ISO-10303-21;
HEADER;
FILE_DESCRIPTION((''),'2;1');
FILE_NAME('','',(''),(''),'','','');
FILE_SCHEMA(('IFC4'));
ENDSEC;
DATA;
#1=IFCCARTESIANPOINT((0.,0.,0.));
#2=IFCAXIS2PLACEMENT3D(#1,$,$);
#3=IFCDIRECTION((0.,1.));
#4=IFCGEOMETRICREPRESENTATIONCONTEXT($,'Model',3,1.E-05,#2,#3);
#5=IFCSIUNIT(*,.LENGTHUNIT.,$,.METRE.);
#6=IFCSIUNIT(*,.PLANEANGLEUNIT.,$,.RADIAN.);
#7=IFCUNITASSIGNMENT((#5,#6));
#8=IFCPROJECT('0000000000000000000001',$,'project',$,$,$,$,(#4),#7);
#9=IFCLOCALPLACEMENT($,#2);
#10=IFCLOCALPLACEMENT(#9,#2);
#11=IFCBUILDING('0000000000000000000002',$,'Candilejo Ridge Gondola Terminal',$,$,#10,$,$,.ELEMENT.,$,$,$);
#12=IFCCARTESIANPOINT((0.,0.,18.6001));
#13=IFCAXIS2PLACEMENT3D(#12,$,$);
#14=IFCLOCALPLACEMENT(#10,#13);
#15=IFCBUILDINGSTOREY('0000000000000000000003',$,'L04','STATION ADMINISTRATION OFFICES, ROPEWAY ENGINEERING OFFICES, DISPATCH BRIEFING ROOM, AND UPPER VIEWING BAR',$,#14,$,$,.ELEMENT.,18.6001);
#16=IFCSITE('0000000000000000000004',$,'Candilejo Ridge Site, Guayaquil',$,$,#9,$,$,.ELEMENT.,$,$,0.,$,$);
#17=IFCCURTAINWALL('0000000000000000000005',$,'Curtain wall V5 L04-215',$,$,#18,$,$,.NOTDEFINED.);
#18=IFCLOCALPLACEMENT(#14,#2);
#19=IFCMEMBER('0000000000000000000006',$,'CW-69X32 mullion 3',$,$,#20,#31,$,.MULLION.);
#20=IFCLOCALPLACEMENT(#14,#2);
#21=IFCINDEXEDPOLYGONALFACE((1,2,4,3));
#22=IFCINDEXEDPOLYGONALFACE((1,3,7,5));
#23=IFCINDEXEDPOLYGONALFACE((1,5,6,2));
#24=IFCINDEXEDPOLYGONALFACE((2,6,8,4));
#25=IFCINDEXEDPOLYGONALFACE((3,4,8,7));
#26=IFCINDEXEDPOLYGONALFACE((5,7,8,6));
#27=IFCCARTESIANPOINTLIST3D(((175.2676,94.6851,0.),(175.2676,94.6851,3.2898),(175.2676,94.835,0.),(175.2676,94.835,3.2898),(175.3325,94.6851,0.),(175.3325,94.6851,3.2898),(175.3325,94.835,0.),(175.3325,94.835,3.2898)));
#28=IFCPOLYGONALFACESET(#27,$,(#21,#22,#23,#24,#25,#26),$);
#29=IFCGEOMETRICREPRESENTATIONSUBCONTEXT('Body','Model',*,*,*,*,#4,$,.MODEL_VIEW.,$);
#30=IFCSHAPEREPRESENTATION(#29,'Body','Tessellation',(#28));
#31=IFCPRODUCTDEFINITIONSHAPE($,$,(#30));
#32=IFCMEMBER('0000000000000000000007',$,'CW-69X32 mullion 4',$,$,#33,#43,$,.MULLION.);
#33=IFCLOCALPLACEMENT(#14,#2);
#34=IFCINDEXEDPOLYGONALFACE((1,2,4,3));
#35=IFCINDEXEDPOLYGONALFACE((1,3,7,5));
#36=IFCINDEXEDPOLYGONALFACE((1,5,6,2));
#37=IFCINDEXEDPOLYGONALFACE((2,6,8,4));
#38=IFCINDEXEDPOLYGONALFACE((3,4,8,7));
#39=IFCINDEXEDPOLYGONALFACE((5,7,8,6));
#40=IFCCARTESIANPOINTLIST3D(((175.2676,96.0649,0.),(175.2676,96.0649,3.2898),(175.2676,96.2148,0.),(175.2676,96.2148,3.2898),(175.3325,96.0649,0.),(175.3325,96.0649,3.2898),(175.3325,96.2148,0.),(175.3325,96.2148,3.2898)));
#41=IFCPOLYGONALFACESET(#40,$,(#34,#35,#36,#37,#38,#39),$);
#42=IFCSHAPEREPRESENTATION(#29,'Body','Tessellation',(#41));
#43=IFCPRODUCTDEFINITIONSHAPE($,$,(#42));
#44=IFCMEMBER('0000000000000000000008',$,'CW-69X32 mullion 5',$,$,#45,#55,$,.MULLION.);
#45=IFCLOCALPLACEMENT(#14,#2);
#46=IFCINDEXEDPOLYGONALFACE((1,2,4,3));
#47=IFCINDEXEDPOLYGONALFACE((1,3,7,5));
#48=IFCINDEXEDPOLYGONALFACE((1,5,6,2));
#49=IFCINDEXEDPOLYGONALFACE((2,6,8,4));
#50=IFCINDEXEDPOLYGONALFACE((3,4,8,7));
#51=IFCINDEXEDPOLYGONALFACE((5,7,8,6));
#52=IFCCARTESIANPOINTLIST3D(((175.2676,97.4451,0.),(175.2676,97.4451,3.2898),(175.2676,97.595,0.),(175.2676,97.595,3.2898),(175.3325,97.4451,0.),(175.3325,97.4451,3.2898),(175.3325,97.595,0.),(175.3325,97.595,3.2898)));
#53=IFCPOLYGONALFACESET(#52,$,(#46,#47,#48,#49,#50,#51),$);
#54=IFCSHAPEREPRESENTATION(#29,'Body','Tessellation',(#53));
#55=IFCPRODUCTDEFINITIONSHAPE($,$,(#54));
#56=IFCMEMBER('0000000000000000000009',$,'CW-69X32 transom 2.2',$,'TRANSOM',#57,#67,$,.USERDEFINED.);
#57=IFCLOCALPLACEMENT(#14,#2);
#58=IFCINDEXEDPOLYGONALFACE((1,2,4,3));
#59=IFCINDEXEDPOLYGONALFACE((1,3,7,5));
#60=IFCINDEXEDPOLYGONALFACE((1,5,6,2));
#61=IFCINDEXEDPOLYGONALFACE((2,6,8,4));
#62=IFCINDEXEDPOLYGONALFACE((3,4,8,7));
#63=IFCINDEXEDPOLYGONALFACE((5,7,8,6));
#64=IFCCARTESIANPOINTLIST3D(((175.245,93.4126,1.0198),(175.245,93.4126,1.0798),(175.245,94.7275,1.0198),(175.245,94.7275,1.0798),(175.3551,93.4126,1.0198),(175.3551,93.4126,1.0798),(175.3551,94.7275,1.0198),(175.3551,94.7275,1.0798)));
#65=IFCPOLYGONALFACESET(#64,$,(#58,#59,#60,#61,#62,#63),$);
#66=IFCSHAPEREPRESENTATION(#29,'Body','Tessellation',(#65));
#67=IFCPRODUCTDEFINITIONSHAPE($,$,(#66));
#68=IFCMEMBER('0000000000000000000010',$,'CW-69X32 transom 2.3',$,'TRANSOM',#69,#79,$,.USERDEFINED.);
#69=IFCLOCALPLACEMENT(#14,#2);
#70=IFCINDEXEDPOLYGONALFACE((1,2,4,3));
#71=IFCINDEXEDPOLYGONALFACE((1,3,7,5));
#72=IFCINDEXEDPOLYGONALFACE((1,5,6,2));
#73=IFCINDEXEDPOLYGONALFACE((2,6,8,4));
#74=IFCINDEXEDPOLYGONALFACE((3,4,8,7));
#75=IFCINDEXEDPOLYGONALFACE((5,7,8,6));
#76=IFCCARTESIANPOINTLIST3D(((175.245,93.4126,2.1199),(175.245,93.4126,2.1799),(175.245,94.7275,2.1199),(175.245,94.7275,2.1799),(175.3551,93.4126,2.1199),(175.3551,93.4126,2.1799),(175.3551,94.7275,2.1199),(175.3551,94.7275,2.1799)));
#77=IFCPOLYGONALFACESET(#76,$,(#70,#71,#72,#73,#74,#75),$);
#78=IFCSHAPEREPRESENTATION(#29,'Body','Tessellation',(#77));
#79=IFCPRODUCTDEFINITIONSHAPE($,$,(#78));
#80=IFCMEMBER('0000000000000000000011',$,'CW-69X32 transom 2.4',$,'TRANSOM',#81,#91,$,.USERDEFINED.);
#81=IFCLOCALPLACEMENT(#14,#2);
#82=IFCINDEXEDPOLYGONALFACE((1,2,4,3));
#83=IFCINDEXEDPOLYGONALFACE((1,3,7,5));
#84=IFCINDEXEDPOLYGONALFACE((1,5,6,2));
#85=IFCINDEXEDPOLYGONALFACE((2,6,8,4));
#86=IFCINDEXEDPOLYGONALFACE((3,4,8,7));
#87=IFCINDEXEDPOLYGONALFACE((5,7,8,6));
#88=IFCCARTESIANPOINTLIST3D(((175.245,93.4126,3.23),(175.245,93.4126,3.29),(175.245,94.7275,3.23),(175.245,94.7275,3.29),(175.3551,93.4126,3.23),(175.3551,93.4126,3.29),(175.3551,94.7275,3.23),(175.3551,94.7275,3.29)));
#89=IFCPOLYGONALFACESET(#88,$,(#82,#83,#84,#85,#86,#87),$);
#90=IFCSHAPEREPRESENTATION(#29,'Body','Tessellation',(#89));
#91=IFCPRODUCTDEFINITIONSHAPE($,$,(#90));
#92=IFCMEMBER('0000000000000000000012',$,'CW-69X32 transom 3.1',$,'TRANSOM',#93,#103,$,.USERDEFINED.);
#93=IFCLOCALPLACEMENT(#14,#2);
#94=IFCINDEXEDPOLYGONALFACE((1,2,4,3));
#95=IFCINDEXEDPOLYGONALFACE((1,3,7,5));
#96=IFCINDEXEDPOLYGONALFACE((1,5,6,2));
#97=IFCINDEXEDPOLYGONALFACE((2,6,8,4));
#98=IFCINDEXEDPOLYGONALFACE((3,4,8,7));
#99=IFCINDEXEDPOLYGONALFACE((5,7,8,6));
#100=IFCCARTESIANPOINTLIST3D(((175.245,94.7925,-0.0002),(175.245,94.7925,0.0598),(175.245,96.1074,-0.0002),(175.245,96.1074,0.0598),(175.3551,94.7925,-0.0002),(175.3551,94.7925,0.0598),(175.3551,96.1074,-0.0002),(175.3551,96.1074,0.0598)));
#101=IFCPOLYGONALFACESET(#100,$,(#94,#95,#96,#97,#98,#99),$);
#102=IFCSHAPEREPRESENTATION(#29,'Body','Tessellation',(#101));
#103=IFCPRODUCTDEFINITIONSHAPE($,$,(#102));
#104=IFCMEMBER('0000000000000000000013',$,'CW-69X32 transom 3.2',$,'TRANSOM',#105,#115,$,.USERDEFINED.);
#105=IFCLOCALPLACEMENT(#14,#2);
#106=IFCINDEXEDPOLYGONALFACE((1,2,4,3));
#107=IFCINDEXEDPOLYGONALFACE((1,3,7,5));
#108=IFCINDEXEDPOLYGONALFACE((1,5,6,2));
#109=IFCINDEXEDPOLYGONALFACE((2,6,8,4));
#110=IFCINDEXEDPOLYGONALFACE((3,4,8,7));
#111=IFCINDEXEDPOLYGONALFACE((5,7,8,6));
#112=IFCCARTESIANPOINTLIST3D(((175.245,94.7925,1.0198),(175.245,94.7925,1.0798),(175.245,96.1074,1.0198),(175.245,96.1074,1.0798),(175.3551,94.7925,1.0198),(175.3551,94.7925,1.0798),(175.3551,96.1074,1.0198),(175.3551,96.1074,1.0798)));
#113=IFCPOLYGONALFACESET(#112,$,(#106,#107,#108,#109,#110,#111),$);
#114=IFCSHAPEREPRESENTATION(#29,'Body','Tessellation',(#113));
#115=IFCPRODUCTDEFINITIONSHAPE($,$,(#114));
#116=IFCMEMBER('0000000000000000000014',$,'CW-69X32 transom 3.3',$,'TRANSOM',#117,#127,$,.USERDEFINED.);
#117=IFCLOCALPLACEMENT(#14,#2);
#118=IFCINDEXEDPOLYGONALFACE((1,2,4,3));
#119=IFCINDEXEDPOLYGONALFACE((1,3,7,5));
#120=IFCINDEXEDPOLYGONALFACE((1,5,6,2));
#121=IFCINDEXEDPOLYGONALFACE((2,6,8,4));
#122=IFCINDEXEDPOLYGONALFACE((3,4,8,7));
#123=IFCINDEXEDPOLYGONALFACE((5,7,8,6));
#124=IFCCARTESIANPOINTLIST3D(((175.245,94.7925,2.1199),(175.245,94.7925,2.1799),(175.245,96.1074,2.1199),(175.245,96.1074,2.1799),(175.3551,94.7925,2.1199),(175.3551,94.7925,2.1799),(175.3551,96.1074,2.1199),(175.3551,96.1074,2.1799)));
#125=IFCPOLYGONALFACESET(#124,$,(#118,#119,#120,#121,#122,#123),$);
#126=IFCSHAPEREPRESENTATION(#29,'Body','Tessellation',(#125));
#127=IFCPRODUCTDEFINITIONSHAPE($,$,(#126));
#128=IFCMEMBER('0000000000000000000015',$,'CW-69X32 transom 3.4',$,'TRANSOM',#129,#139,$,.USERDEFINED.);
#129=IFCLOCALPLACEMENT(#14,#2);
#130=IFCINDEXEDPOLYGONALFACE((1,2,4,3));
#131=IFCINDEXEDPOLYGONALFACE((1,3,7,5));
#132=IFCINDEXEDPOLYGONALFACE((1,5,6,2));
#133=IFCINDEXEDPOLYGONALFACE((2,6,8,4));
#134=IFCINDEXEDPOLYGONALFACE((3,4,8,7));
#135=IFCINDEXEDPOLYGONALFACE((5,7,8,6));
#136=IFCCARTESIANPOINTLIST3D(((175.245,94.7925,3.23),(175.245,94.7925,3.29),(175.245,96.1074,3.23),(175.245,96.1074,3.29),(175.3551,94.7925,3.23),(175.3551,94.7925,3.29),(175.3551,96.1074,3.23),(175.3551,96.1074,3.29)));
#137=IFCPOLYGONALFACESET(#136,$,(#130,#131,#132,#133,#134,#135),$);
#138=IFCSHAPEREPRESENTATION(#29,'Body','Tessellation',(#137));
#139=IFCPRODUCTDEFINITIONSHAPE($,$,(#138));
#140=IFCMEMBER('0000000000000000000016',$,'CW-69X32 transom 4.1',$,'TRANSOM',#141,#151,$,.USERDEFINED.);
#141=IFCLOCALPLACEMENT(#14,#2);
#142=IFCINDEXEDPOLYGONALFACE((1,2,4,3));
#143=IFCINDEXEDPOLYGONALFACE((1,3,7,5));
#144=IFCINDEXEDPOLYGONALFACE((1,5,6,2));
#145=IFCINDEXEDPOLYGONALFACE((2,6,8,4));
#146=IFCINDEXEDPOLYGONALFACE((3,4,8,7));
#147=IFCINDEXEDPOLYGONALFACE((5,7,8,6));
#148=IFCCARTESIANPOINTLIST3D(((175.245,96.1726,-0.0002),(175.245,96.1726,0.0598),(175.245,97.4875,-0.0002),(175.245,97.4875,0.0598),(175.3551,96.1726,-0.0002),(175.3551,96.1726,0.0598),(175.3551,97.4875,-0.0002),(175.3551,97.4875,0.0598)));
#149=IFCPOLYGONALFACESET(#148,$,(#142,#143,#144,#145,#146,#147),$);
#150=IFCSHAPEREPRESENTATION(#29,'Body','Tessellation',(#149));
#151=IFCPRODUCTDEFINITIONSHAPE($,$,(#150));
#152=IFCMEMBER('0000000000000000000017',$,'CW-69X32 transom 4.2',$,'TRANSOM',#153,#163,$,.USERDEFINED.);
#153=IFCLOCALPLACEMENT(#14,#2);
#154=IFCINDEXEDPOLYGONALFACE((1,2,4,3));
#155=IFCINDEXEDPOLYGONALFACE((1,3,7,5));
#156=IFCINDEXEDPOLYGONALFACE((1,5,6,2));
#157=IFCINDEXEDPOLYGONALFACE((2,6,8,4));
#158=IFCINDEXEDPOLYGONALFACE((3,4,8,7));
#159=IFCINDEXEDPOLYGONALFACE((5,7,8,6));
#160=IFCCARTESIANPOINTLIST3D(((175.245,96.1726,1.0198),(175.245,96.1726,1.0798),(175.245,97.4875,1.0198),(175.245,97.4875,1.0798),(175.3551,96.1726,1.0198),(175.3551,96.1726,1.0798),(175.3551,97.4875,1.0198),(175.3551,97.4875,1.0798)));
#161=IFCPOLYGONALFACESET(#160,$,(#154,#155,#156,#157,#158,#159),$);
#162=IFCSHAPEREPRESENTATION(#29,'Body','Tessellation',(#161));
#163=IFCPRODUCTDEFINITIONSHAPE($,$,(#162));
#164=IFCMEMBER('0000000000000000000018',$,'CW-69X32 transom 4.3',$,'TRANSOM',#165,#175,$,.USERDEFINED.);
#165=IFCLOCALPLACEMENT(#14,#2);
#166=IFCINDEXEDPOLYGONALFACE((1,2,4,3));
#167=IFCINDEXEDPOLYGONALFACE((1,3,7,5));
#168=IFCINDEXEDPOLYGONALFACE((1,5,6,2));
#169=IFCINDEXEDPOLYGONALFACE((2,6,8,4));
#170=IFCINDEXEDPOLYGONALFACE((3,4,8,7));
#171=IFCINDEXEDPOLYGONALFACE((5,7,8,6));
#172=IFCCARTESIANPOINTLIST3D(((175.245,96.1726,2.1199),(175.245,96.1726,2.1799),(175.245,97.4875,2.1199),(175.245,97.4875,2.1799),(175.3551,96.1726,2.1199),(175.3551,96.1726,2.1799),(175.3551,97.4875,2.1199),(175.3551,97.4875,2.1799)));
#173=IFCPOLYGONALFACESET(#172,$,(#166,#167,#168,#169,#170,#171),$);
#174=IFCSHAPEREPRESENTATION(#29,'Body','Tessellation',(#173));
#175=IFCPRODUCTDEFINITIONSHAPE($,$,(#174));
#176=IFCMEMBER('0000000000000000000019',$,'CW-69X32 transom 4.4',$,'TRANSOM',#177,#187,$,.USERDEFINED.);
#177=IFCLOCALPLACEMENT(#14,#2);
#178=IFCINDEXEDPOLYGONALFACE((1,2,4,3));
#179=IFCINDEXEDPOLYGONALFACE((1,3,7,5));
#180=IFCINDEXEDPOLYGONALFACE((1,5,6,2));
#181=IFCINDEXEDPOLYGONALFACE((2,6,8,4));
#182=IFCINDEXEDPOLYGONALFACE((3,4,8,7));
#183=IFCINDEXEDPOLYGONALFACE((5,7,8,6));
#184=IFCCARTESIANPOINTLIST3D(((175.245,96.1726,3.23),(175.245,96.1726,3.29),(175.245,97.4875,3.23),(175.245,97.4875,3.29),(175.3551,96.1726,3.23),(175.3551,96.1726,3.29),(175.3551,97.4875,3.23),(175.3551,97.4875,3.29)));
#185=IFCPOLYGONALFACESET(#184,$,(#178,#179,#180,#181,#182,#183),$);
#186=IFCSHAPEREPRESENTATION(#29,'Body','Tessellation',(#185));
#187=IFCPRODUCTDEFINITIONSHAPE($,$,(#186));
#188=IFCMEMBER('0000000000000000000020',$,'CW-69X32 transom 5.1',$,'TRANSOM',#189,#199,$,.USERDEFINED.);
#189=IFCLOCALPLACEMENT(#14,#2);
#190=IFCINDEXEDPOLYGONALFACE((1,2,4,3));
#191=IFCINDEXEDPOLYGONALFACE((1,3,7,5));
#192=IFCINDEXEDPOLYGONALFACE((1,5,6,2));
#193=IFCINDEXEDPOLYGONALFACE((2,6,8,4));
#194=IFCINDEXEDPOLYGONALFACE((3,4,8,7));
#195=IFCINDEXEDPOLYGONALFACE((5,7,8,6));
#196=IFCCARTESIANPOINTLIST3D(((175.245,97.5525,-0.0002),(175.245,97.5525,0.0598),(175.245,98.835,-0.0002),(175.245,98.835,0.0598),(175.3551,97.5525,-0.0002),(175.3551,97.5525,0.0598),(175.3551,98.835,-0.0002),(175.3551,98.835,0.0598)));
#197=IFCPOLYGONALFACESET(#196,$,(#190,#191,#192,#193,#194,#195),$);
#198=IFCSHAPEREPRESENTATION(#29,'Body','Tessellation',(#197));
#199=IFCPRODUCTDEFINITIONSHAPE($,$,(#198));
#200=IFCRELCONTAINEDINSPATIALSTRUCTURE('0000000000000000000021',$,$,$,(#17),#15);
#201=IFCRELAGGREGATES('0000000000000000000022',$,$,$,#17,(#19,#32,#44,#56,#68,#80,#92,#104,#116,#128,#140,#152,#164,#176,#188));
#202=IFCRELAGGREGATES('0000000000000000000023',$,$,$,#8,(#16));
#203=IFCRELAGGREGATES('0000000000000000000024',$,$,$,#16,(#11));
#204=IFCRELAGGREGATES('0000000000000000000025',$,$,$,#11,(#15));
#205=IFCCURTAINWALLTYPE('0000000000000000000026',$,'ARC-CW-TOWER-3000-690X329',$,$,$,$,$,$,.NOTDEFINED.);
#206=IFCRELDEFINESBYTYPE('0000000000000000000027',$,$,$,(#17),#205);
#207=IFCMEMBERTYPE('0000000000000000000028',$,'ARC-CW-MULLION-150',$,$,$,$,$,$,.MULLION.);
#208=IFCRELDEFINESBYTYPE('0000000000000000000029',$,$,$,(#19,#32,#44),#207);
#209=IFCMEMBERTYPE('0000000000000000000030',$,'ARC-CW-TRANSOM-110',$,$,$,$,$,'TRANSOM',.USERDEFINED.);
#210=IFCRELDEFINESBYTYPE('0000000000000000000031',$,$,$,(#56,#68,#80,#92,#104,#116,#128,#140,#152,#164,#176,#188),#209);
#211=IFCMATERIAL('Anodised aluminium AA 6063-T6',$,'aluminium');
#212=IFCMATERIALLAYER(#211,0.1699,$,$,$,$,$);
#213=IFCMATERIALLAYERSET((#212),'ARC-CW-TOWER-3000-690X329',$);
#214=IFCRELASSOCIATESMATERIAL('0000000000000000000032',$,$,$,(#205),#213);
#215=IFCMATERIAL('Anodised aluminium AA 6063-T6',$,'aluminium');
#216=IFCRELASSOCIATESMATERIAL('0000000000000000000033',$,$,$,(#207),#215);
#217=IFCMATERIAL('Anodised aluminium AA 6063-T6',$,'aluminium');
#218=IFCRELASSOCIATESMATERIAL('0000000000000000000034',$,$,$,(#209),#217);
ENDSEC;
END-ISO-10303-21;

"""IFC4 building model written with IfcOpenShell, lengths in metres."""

from ifc_helpers import new_model, si_unit, direction, frame, origin, origin_2d, place, context, subcontext, project, spatial, rectangle, extrude, material, layer, layer_set, material_profile, profile_set, type_object, element, aggregate, save


model = new_model("IFC4")

# Units and contexts
model_context = context("Model", 3, precision=1e-05, world=origin(), true_north=direction((0.0, 1.0)))
body_context = subcontext(model_context, "Body", "Model", "MODEL_VIEW")
ifc_project = project(units=[si_unit("LENGTHUNIT", "METRE"), si_unit("PLANEANGLEUNIT", "RADIAN")], contexts=[model_context])

# Site, building, storey
site_placement = place(None, origin())
site = spatial("IfcSite", under=ifc_project, at=site_placement, Name="Candilejo Ridge Site, Guayaquil", CompositionType="ELEMENT", RefElevation=0.0)
building_placement = place(site_placement, origin())
building = spatial("IfcBuilding", under=site, at=building_placement, Name="Candilejo Ridge Gondola Terminal", CompositionType="ELEMENT")
storey_placement = place(building_placement, frame((0.0, 0.0, 18.6001)))
storey = spatial("IfcBuildingStorey", under=building, at=storey_placement, Name="L04", Description="STATION ADMINISTRATION OFFICES, ROPEWAY ENGINEERING OFFICES, DISPATCH BRIEFING ROOM, AND UPPER VIEWING BAR", CompositionType="ELEMENT", Elevation=18.6001)

# Curtain wall, members
ifc_material_1 = material(Name="Anodised aluminium AA 6063-T6", Category="aluminium")
ifc_layer_1 = layer(ifc_material_1, 0.1699)
ifc_layer_set_1 = layer_set([ifc_layer_1], Name="ARC-CW-TOWER-3000-690X329")
curtain_wall_type = type_object("IfcCurtainWallType", Name="ARC-CW-TOWER-3000-690X329", PredefinedType="NOTDEFINED", material=ifc_layer_set_1)
curtain_wall_placement = place(storey_placement, origin())
curtain_wall = element("IfcCurtainWall", 1, at=curtain_wall_placement, inside=storey, type_object=curtain_wall_type, Name="Curtain wall V5 L04-215", PredefinedType="NOTDEFINED")
ifc_material_2 = material(Name="Anodised aluminium AA 6063-T6", Category="aluminium")
ifc_material_profile_1 = material_profile(ifc_material_2, rectangle(XDim=0.0649, YDim=0.1499, at=origin_2d()))
ifc_profile_set_1 = profile_set([ifc_material_profile_1], Name="Anodised aluminium AA 6063-T6")
member_type_1 = type_object("IfcMemberType", Name="ARC-CW-MULLION-150", PredefinedType="MULLION", material=ifc_profile_set_1)
member_1_placement = place(storey_placement, frame((175.3, 94.76, 0.0), z_axis=(0.0, 0.0, 1.0), x_axis=(-1.0, 0.0, 0.0)))
member_1 = element("IfcMember", 2, at=member_1_placement, type_object=member_type_1, Name="CW-69X32 mullion 3", PredefinedType="MULLION", context=body_context, shape_type="SweptSolid", body=[
    extrude(rectangle(XDim=0.0649, YDim=0.1499, at=origin_2d()), origin(), (0.0, 0.0, 1.0), 3.2898),
])
member_2_placement = place(storey_placement, frame((175.3, 96.1399, 0.0), z_axis=(0.0, 0.0, 1.0), x_axis=(-1.0, 0.0, 0.0)))
member_2 = element("IfcMember", 3, at=member_2_placement, type_object=member_type_1, Name="CW-69X32 mullion 4", PredefinedType="MULLION", context=body_context, shape_type="SweptSolid", body=[
    extrude(rectangle(XDim=0.0649, YDim=0.1499, at=origin_2d()), origin(), (0.0, 0.0, 1.0), 3.2898),
])
member_3_placement = place(storey_placement, frame((175.3, 97.52, 0.0), z_axis=(0.0, 0.0, 1.0), x_axis=(-1.0, 0.0, 0.0)))
member_3 = element("IfcMember", 4, at=member_3_placement, type_object=member_type_1, Name="CW-69X32 mullion 5", PredefinedType="MULLION", context=body_context, shape_type="SweptSolid", body=[
    extrude(rectangle(XDim=0.0649, YDim=0.1499, at=origin_2d()), origin(), (0.0, 0.0, 1.0), 3.2898),
])
ifc_material_3 = material(Name="Anodised aluminium AA 6063-T6", Category="aluminium")
ifc_material_profile_2 = material_profile(ifc_material_3, rectangle(XDim=0.1101, YDim=0.0601, at=origin_2d()))
ifc_profile_set_2 = profile_set([ifc_material_profile_2], Name="Anodised aluminium AA 6063-T6")
member_type_2 = type_object("IfcMemberType", Name="ARC-CW-TRANSOM-110", ElementType="TRANSOM", PredefinedType="USERDEFINED", material=ifc_profile_set_2)
member_4_placement = place(storey_placement, frame((175.3, 93.4126, 1.0498), z_axis=(0.0, 1.0, 0.0), x_axis=(-1.0, 0.0, 0.0)))
member_4 = element("IfcMember", 5, at=member_4_placement, type_object=member_type_2, Name="CW-69X32 transom 2.2", ObjectType="TRANSOM", PredefinedType="USERDEFINED", context=body_context, shape_type="SweptSolid", body=[
    extrude(rectangle(XDim=0.1101, YDim=0.0601, at=origin_2d()), origin(), (0.0, 0.0, 1.0), 1.3149),
])
member_5_placement = place(storey_placement, frame((175.3, 93.4126, 2.1499), z_axis=(0.0, 1.0, 0.0), x_axis=(-1.0, 0.0, 0.0)))
member_5 = element("IfcMember", 6, at=member_5_placement, type_object=member_type_2, Name="CW-69X32 transom 2.3", ObjectType="TRANSOM", PredefinedType="USERDEFINED", context=body_context, shape_type="SweptSolid", body=[
    extrude(rectangle(XDim=0.1101, YDim=0.0601, at=origin_2d()), origin(), (0.0, 0.0, 1.0), 1.3149),
])
member_6_placement = place(storey_placement, frame((175.3, 93.4126, 3.26), z_axis=(0.0, 1.0, 0.0), x_axis=(-1.0, 0.0, 0.0)))
member_6 = element("IfcMember", 7, at=member_6_placement, type_object=member_type_2, Name="CW-69X32 transom 2.4", ObjectType="TRANSOM", PredefinedType="USERDEFINED", context=body_context, shape_type="SweptSolid", body=[
    extrude(rectangle(XDim=0.1101, YDim=0.0601, at=origin_2d()), origin(), (0.0, 0.0, 1.0), 1.3149),
])
member_7_placement = place(storey_placement, frame((175.3, 94.7925, 0.0298), z_axis=(0.0, 1.0, 0.0), x_axis=(-1.0, 0.0, 0.0)))
member_7 = element("IfcMember", 8, at=member_7_placement, type_object=member_type_2, Name="CW-69X32 transom 3.1", ObjectType="TRANSOM", PredefinedType="USERDEFINED", context=body_context, shape_type="SweptSolid", body=[
    extrude(rectangle(XDim=0.1101, YDim=0.0601, at=origin_2d()), origin(), (0.0, 0.0, 1.0), 1.3149),
])
member_8_placement = place(storey_placement, frame((175.3, 94.7925, 1.0498), z_axis=(0.0, 1.0, 0.0), x_axis=(-1.0, 0.0, 0.0)))
member_8 = element("IfcMember", 9, at=member_8_placement, type_object=member_type_2, Name="CW-69X32 transom 3.2", ObjectType="TRANSOM", PredefinedType="USERDEFINED", context=body_context, shape_type="SweptSolid", body=[
    extrude(rectangle(XDim=0.1101, YDim=0.0601, at=origin_2d()), origin(), (0.0, 0.0, 1.0), 1.3149),
])
member_9_placement = place(storey_placement, frame((175.3, 94.7925, 2.1499), z_axis=(0.0, 1.0, 0.0), x_axis=(-1.0, 0.0, 0.0)))
member_9 = element("IfcMember", 10, at=member_9_placement, type_object=member_type_2, Name="CW-69X32 transom 3.3", ObjectType="TRANSOM", PredefinedType="USERDEFINED", context=body_context, shape_type="SweptSolid", body=[
    extrude(rectangle(XDim=0.1101, YDim=0.0601, at=origin_2d()), origin(), (0.0, 0.0, 1.0), 1.3149),
])
member_10_placement = place(storey_placement, frame((175.3, 94.7925, 3.26), z_axis=(0.0, 1.0, 0.0), x_axis=(-1.0, 0.0, 0.0)))
member_10 = element("IfcMember", 11, at=member_10_placement, type_object=member_type_2, Name="CW-69X32 transom 3.4", ObjectType="TRANSOM", PredefinedType="USERDEFINED", context=body_context, shape_type="SweptSolid", body=[
    extrude(rectangle(XDim=0.1101, YDim=0.0601, at=origin_2d()), origin(), (0.0, 0.0, 1.0), 1.3149),
])
member_11_placement = place(storey_placement, frame((175.3, 96.1726, 0.0298), z_axis=(0.0, 1.0, 0.0), x_axis=(-1.0, 0.0, 0.0)))
member_11 = element("IfcMember", 12, at=member_11_placement, type_object=member_type_2, Name="CW-69X32 transom 4.1", ObjectType="TRANSOM", PredefinedType="USERDEFINED", context=body_context, shape_type="SweptSolid", body=[
    extrude(rectangle(XDim=0.1101, YDim=0.0601, at=origin_2d()), origin(), (0.0, 0.0, 1.0), 1.3149),
])
member_12_placement = place(storey_placement, frame((175.3, 96.1726, 1.0498), z_axis=(0.0, 1.0, 0.0), x_axis=(-1.0, 0.0, 0.0)))
member_12 = element("IfcMember", 13, at=member_12_placement, type_object=member_type_2, Name="CW-69X32 transom 4.2", ObjectType="TRANSOM", PredefinedType="USERDEFINED", context=body_context, shape_type="SweptSolid", body=[
    extrude(rectangle(XDim=0.1101, YDim=0.0601, at=origin_2d()), origin(), (0.0, 0.0, 1.0), 1.3149),
])
member_13_placement = place(storey_placement, frame((175.3, 96.1726, 2.1499), z_axis=(0.0, 1.0, 0.0), x_axis=(-1.0, 0.0, 0.0)))
member_13 = element("IfcMember", 14, at=member_13_placement, type_object=member_type_2, Name="CW-69X32 transom 4.3", ObjectType="TRANSOM", PredefinedType="USERDEFINED", context=body_context, shape_type="SweptSolid", body=[
    extrude(rectangle(XDim=0.1101, YDim=0.0601, at=origin_2d()), origin(), (0.0, 0.0, 1.0), 1.3149),
])
member_14_placement = place(storey_placement, frame((175.3, 96.1726, 3.26), z_axis=(0.0, 1.0, 0.0), x_axis=(-1.0, 0.0, 0.0)))
member_14 = element("IfcMember", 15, at=member_14_placement, type_object=member_type_2, Name="CW-69X32 transom 4.4", ObjectType="TRANSOM", PredefinedType="USERDEFINED", context=body_context, shape_type="SweptSolid", body=[
    extrude(rectangle(XDim=0.1101, YDim=0.0601, at=origin_2d()), origin(), (0.0, 0.0, 1.0), 1.3149),
])
member_15_placement = place(storey_placement, frame((175.3, 97.5525, 0.0298), z_axis=(0.0, 1.0, 0.0), x_axis=(-1.0, 0.0, 0.0)))
member_15 = element("IfcMember", 16, at=member_15_placement, type_object=member_type_2, Name="CW-69X32 transom 5.1", ObjectType="TRANSOM", PredefinedType="USERDEFINED", context=body_context, shape_type="SweptSolid", body=[
    extrude(rectangle(XDim=0.1101, YDim=0.0601, at=origin_2d()), origin(), (0.0, 0.0, 1.0), 1.2825),
])
aggregate(curtain_wall, [member_1, member_2, member_3, member_4, member_5, member_6, member_7, member_8, member_9, member_10, member_11, member_12, member_13, member_14, member_15])

save(model, "model.ifc")
